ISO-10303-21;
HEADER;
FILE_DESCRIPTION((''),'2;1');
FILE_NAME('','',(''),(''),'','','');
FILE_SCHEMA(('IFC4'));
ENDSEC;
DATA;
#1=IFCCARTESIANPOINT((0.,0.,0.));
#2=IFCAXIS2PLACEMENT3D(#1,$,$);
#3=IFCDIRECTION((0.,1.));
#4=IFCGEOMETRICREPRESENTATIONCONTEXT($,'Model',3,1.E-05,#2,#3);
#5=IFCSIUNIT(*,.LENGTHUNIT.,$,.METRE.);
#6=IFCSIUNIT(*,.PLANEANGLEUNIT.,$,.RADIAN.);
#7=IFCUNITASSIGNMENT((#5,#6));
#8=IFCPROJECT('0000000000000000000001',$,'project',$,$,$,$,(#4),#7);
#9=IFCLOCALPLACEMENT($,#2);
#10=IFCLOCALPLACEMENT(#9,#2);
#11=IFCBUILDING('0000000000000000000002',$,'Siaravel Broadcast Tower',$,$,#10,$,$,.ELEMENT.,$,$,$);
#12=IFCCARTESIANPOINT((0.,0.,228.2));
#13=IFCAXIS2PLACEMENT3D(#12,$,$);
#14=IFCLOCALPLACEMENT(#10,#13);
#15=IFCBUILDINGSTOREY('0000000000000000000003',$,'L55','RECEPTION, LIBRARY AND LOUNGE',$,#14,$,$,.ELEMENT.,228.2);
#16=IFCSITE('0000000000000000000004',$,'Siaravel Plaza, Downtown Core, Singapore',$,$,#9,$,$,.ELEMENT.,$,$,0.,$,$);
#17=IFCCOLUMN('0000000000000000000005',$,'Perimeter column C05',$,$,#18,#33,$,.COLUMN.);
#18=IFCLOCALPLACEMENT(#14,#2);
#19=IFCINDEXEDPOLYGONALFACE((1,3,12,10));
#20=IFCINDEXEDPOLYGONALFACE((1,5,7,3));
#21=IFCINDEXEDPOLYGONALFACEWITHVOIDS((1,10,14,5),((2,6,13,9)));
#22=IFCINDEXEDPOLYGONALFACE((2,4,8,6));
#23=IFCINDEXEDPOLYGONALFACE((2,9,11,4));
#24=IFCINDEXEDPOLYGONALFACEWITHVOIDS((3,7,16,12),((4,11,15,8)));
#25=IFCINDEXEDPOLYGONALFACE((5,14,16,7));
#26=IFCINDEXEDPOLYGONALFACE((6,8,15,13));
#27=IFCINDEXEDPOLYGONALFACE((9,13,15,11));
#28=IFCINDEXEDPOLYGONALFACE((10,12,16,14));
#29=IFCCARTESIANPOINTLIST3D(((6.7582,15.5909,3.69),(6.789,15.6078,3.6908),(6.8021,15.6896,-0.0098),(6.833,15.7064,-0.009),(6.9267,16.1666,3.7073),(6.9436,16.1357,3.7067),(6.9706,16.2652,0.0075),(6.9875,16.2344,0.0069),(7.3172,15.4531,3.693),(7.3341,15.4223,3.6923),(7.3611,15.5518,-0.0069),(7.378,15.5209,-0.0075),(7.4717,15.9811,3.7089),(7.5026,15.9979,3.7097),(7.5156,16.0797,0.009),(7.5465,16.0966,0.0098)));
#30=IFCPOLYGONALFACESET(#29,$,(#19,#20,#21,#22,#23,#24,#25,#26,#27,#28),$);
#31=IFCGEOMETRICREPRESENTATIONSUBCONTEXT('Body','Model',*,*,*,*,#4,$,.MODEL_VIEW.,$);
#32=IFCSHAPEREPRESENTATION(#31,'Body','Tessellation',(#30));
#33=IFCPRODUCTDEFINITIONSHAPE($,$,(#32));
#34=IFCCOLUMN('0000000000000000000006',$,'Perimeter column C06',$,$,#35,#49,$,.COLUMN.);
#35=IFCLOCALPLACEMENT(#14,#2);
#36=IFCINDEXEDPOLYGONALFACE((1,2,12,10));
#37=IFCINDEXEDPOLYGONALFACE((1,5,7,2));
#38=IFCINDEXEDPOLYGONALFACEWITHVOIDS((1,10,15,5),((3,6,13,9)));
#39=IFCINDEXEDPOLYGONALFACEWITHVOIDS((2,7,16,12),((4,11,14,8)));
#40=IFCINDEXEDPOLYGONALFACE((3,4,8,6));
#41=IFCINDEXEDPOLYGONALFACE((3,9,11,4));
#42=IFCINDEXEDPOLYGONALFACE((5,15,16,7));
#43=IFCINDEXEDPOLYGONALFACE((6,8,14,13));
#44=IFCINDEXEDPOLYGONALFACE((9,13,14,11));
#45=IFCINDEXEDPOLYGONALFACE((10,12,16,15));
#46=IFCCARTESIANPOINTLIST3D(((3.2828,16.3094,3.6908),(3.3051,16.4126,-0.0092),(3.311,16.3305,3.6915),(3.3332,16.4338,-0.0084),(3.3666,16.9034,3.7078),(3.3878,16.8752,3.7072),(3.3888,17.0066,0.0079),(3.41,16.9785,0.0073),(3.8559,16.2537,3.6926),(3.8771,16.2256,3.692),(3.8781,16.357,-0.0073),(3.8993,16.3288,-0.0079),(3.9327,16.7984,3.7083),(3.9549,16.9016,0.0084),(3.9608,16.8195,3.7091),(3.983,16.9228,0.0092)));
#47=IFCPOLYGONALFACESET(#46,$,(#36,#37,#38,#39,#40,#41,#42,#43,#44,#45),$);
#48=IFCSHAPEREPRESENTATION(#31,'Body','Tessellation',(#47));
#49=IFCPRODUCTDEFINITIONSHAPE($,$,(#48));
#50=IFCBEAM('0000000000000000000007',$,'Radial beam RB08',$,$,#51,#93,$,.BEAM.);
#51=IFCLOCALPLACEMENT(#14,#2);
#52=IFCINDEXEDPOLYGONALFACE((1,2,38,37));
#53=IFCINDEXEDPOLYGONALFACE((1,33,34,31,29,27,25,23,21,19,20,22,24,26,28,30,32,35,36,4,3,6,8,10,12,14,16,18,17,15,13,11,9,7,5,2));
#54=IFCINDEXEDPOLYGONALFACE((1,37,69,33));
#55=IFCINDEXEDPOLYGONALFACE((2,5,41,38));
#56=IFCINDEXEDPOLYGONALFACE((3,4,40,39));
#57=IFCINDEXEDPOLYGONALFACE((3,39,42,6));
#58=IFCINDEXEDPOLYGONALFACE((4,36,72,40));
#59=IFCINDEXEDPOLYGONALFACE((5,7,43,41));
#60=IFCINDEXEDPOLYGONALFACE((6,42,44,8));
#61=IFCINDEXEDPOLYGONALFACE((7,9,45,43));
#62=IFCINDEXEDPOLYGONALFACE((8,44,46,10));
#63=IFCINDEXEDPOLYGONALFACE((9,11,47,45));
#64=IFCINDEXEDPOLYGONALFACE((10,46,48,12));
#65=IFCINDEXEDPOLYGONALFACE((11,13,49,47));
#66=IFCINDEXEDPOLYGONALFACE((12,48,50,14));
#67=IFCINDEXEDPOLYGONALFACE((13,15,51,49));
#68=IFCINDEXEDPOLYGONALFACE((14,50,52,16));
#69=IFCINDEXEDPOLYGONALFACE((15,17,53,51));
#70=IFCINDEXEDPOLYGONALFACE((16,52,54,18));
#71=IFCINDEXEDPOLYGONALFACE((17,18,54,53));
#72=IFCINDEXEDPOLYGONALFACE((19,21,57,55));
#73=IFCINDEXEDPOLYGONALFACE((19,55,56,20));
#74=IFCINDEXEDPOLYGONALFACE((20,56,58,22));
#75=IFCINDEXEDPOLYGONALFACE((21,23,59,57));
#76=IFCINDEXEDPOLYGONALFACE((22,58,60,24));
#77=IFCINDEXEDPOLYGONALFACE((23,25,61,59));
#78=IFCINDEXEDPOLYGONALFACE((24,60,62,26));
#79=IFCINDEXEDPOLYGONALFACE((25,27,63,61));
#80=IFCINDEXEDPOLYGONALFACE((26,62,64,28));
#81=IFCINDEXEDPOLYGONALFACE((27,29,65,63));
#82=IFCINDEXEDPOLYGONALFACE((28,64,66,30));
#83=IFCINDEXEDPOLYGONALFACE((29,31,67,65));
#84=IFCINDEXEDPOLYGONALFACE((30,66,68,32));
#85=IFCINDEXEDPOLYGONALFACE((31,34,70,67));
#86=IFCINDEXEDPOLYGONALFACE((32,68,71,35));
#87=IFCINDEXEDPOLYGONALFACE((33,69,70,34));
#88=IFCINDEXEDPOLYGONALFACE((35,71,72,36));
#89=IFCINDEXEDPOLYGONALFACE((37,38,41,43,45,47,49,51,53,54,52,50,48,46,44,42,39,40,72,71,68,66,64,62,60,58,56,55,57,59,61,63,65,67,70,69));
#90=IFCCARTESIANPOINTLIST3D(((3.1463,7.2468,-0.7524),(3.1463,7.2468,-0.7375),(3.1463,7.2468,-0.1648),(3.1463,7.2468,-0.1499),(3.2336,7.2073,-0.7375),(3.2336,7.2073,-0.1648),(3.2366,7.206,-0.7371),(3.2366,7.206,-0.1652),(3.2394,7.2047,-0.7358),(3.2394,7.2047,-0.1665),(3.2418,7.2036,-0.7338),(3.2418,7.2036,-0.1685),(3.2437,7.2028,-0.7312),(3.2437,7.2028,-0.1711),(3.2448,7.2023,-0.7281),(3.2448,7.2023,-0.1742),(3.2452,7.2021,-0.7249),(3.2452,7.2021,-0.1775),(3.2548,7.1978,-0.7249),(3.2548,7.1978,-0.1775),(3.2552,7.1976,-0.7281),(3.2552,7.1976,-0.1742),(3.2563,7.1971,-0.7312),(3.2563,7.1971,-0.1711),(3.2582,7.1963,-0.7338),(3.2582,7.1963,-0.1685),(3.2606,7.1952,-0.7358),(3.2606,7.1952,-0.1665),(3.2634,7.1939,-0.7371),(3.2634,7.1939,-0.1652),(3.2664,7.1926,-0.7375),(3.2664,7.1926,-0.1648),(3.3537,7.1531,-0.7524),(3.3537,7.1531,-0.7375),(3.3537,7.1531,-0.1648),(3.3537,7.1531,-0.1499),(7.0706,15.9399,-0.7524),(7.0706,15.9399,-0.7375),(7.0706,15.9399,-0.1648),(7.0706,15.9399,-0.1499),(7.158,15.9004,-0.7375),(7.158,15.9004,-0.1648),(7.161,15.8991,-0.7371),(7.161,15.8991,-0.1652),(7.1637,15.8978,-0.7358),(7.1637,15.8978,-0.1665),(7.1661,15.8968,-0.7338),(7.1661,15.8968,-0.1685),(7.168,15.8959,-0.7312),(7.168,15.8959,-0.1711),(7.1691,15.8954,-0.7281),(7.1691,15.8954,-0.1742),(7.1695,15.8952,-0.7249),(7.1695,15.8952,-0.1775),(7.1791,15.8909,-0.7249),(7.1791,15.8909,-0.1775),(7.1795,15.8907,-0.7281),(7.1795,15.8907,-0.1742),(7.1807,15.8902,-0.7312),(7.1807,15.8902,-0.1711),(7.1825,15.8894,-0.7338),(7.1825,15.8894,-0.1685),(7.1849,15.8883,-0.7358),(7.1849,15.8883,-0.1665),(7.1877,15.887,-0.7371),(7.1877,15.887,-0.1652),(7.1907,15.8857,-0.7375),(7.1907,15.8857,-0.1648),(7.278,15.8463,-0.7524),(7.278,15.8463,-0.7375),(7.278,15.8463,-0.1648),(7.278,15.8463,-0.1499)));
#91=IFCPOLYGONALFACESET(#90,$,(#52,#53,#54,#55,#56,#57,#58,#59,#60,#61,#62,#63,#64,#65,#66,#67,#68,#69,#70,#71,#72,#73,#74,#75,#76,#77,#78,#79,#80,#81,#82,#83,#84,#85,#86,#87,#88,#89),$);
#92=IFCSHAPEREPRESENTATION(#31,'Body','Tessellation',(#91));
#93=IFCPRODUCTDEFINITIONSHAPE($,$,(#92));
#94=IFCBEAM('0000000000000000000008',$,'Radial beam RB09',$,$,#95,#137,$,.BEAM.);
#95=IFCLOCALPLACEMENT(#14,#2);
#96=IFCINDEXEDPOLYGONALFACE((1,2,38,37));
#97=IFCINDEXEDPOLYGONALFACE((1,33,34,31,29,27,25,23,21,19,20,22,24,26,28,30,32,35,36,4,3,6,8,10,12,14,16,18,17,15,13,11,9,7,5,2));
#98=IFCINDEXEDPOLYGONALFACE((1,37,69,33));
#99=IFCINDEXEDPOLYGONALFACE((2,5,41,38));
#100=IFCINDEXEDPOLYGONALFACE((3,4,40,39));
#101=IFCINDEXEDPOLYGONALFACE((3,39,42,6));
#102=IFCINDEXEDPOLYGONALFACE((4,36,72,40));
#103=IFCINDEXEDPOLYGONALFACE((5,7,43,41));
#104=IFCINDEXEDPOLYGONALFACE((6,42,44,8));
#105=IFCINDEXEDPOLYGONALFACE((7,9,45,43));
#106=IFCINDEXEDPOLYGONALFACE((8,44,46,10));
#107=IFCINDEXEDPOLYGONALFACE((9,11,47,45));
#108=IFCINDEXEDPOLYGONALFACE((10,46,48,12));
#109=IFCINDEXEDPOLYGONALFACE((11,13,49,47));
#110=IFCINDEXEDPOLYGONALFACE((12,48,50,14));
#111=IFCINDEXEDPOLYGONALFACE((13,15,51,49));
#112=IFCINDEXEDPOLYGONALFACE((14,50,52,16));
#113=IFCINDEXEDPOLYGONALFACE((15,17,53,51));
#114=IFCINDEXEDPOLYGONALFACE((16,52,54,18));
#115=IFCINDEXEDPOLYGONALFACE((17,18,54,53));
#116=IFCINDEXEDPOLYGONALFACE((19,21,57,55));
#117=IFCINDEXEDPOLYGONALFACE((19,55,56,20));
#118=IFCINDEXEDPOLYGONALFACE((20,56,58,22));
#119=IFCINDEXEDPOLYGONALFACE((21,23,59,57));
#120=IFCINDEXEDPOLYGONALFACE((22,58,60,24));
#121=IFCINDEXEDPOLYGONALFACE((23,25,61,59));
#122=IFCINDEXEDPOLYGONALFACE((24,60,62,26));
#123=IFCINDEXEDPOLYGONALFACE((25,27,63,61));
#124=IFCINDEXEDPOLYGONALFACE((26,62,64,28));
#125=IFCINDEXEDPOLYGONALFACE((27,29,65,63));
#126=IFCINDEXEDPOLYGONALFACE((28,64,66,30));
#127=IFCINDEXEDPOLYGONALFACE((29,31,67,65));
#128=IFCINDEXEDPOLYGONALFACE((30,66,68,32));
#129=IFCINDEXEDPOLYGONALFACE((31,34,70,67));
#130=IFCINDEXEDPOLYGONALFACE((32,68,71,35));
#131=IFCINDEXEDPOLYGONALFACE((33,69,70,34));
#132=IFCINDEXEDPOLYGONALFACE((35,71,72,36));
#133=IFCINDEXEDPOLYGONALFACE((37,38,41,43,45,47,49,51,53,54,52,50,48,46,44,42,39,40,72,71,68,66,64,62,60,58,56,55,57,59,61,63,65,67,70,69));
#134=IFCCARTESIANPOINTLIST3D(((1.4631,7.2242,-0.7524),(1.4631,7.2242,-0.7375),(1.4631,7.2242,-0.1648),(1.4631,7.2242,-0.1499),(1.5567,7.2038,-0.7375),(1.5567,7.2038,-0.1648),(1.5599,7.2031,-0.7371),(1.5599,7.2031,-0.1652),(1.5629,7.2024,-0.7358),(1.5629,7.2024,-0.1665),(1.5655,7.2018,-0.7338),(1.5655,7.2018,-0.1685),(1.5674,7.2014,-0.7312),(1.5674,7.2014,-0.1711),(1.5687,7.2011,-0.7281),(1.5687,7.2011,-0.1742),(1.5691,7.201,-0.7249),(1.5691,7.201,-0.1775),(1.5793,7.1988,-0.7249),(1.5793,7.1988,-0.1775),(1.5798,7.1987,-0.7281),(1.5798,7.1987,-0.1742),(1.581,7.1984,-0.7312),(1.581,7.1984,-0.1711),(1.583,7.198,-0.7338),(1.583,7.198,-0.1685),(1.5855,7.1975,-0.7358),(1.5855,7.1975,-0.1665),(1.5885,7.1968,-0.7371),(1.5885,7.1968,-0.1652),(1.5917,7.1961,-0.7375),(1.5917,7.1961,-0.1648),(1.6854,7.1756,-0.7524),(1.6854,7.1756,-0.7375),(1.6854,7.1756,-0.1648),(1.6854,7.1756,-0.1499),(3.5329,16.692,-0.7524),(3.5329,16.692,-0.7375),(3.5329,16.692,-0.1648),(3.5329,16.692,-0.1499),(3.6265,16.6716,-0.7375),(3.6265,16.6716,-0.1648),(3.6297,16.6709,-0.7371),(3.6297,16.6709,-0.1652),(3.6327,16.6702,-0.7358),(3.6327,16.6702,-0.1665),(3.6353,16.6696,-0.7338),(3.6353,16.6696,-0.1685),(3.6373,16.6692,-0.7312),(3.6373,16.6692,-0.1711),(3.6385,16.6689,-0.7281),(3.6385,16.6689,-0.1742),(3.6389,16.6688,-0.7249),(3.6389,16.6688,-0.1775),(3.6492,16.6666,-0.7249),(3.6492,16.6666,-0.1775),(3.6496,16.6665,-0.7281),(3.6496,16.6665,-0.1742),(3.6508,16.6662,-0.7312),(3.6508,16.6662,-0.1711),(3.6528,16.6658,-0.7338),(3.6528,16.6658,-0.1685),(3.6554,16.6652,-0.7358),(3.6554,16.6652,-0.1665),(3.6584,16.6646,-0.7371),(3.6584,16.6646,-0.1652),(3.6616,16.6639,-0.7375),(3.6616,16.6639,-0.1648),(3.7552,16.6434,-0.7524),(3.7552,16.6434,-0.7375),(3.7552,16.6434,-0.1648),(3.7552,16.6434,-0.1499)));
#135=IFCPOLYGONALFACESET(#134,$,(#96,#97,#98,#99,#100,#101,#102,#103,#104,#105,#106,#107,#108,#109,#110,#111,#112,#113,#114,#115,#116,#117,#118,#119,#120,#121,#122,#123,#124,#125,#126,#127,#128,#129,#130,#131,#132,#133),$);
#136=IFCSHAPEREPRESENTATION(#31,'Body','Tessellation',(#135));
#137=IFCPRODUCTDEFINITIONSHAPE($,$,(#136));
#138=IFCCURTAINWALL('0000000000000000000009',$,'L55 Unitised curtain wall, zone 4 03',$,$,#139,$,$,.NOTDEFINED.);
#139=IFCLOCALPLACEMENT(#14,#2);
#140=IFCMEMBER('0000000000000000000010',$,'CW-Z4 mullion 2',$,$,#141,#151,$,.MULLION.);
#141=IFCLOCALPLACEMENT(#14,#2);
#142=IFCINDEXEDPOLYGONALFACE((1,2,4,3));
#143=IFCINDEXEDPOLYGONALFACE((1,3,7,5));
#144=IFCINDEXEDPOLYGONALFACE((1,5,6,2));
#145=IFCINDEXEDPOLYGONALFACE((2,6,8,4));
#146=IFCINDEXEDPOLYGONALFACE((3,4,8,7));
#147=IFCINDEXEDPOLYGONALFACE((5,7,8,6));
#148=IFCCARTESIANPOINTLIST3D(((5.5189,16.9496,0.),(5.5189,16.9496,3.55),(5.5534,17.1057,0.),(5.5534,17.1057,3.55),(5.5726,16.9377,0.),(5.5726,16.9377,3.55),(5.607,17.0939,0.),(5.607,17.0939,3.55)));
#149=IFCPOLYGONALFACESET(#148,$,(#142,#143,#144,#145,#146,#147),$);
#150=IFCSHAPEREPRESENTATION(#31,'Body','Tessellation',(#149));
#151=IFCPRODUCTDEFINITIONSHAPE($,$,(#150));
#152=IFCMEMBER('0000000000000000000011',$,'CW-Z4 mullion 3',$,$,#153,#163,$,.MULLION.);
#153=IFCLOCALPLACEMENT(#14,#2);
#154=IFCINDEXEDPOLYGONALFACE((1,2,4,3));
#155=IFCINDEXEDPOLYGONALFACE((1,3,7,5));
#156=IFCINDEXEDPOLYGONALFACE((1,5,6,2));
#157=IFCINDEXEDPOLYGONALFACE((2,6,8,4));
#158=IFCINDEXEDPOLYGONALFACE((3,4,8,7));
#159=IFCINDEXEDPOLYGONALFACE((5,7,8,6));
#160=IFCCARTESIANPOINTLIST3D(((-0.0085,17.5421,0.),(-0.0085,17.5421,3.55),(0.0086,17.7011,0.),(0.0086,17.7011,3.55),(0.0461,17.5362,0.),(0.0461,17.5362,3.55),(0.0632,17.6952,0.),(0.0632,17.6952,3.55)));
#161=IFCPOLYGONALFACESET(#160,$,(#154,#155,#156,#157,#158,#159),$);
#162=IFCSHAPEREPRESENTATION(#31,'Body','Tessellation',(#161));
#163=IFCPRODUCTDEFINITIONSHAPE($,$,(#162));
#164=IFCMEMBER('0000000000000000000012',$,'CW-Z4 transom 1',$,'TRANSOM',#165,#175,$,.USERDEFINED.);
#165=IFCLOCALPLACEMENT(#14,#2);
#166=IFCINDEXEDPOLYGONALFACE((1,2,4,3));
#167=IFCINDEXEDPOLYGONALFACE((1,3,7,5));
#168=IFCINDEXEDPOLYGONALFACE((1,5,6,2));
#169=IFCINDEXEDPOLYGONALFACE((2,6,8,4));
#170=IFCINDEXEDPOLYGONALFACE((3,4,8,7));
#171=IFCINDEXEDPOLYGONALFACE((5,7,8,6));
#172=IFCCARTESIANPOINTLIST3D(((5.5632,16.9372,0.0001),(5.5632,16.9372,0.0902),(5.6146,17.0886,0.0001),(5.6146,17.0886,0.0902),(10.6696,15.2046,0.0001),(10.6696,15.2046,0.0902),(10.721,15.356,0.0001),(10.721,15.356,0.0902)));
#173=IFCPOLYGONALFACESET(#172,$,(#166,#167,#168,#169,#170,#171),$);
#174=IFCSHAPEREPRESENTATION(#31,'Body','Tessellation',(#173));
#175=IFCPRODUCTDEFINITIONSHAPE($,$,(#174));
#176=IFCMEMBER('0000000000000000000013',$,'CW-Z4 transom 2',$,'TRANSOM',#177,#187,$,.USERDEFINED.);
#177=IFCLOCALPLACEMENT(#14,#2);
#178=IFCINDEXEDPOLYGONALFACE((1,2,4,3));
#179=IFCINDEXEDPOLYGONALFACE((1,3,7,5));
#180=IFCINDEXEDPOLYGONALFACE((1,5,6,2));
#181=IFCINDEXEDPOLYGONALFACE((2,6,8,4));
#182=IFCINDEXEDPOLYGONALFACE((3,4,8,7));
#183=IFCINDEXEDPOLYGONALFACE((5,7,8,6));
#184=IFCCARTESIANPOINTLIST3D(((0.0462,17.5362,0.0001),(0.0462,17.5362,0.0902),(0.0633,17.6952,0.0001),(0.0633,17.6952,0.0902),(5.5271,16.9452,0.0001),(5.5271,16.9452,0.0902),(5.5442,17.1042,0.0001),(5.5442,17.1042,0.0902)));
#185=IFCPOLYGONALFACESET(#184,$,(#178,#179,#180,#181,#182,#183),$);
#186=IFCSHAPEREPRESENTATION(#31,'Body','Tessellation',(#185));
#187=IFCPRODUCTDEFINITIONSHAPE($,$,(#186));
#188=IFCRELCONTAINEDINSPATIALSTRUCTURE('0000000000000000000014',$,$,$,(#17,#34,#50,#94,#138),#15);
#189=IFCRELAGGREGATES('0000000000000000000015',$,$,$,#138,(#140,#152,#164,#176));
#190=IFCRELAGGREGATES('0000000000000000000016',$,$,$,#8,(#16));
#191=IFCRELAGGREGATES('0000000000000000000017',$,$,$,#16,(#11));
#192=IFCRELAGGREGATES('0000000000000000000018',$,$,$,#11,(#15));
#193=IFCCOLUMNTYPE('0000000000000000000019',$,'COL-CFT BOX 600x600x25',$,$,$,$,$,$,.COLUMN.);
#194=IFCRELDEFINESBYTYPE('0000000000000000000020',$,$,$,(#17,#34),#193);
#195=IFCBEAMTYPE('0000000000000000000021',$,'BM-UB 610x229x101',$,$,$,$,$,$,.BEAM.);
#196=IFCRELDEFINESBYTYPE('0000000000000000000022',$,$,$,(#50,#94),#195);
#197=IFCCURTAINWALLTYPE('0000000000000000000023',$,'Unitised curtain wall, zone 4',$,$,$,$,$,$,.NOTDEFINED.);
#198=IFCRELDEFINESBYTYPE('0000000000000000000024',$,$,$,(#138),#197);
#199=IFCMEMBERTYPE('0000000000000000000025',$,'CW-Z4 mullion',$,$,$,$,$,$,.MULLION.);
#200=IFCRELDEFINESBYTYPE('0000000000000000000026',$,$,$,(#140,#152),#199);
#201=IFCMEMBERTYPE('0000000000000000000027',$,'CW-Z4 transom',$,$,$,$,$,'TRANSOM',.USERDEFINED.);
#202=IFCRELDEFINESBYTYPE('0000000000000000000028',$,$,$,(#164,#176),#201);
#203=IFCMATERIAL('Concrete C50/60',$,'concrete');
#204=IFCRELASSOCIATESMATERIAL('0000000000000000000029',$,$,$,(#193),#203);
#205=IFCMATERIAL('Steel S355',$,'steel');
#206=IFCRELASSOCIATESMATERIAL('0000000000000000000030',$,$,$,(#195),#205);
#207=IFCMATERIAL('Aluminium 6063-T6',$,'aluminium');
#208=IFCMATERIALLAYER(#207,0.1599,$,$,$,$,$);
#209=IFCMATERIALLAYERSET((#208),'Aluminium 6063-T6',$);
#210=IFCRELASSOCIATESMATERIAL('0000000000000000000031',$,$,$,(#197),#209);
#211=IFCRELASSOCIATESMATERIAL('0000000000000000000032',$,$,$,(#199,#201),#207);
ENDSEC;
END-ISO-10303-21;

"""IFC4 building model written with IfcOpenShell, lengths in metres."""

from ifc_helpers import new_model, si_unit, direction, frame, origin, origin_2d, place, context, subcontext, project, spatial, rectangle, hollow_rectangle, i_section, extrude, material, layer, layer_set, material_profile, profile_set, type_object, element, aggregate, save


model = new_model("IFC4")

# Units and contexts
model_context = context("Model", 3, precision=1e-05, world=origin(), true_north=direction((0.0, 1.0)))
body_context = subcontext(model_context, "Body", "Model", "MODEL_VIEW")
ifc_project = project(units=[si_unit("LENGTHUNIT", "METRE"), si_unit("PLANEANGLEUNIT", "RADIAN")], contexts=[model_context])

# Site, building, storey
site_placement = place(None, origin())
site = spatial("IfcSite", under=ifc_project, at=site_placement, Name="Siaravel Plaza, Downtown Core, Singapore", CompositionType="ELEMENT", RefElevation=0.0)
building_placement = place(site_placement, origin())
building = spatial("IfcBuilding", under=site, at=building_placement, Name="Siaravel Broadcast Tower", CompositionType="ELEMENT")
storey_placement = place(building_placement, frame((0.0, 0.0, 228.2)))
storey = spatial("IfcBuildingStorey", under=building, at=storey_placement, Name="L55", Description="RECEPTION, LIBRARY AND LOUNGE", CompositionType="ELEMENT", Elevation=228.2)

# Columns
ifc_material_1 = material(Name="Concrete C50/60", Category="concrete")
ifc_material_profile_1 = material_profile(ifc_material_1, hollow_rectangle(XDim=0.6001, YDim=0.6001, WallThickness=0.0249, at=origin_2d()))
ifc_profile_set_1 = profile_set([ifc_material_profile_1], Name="Concrete C50/60")
column_type = type_object("IfcColumnType", Name="COL-CFT BOX 600x600x25", PredefinedType="COLUMN", material=ifc_profile_set_1)
for number, where, z_axis, x_axis, name in (
    (1, (7.1743, 15.8931, 0.0), (-0.011872, -0.026647, 0.999574), (0.959679, -0.281072, 0.003906), "Perimeter column C05"),
    (2, (3.644, 16.6677, 0.0), (-0.006002, -0.0279, 0.999593), (0.990196, -0.139668, 0.002047), "Perimeter column C06"),
):
    element("IfcColumn", number, at=place(storey_placement, frame(where, z_axis=z_axis, x_axis=x_axis)), inside=storey, type_object=column_type, Name=name, PredefinedType="COLUMN", context=body_context, shape_type="SweptSolid", body=[
        extrude(hollow_rectangle(XDim=0.6001, YDim=0.6001, WallThickness=0.0249, at=origin_2d()), origin(), (0.0, 0.0, 1.0), 3.7014),
    ])

# Beams
ifc_material_2 = material(Name="Steel S355", Category="steel")
ifc_material_profile_2 = material_profile(ifc_material_2, i_section(OverallWidth=0.2275, OverallDepth=0.6025, WebThickness=0.0105, FlangeThickness=0.0149, FilletRadius=0.0127, at=origin_2d()))
ifc_profile_set_2 = profile_set([ifc_material_profile_2], Name="Steel S355")
beam_type = type_object("IfcBeamType", Name="BM-UB 610x229x101", PredefinedType="BEAM", material=ifc_profile_set_2)
beam_1_placement = place(storey_placement, frame((7.1743, 15.8931, -0.4512), z_axis=(-0.411447, -0.911434, 0.0), x_axis=(0.911434, -0.411447, 0.0)))
element("IfcBeam", 3, at=beam_1_placement, inside=storey, type_object=beam_type, Name="Radial beam RB08", PredefinedType="BEAM", context=body_context, shape_type="SweptSolid", body=[
    extrude(i_section(OverallWidth=0.2275, OverallDepth=0.6025, WebThickness=0.0105, FlangeThickness=0.0149, FilletRadius=0.0127, at=origin_2d()), origin(), (0.0, 0.0, 1.0), 9.5378),
])
beam_2_placement = place(storey_placement, frame((3.644, 16.6677, -0.4512), z_axis=(-0.213574, -0.976927, 0.0), x_axis=(0.976927, -0.213574, 0.0)))
element("IfcBeam", 4, at=beam_2_placement, inside=storey, type_object=beam_type, Name="Radial beam RB09", PredefinedType="BEAM", context=body_context, shape_type="SweptSolid", body=[
    extrude(i_section(OverallWidth=0.2275, OverallDepth=0.6025, WebThickness=0.0105, FlangeThickness=0.0149, FilletRadius=0.0127, at=origin_2d()), origin(), (0.0, 0.0, 1.0), 9.6914),
])

# Curtain wall, members
ifc_material_3 = material(Name="Aluminium 6063-T6", Category="aluminium")
ifc_layer_1 = layer(ifc_material_3, 0.1599)
ifc_layer_set_1 = layer_set([ifc_layer_1], Name="Aluminium 6063-T6")
curtain_wall_type = type_object("IfcCurtainWallType", Name="Unitised curtain wall, zone 4", PredefinedType="NOTDEFINED", material=ifc_layer_set_1)
curtain_wall_placement = place(storey_placement, origin())
curtain_wall = element("IfcCurtainWall", 5, at=curtain_wall_placement, inside=storey, type_object=curtain_wall_type, Name="L55 Unitised curtain wall, zone 4 03", PredefinedType="NOTDEFINED")
ifc_material_profile_3 = material_profile(ifc_material_3, rectangle(XDim=0.1599, YDim=0.0549, at=origin_2d()))
ifc_profile_set_3 = profile_set([ifc_material_profile_3], Name="Aluminium 6063-T6")
member_type_1 = type_object("IfcMemberType", Name="CW-Z4 mullion", PredefinedType="MULLION", material=ifc_profile_set_3)
member_1_placement = place(storey_placement, frame((5.563, 17.0217, 0.0), z_axis=(0.0, 0.0, 1.0), x_axis=(-0.215559, -0.976491, 0.0)))
member_1 = element("IfcMember", 6, at=member_1_placement, type_object=member_type_1, Name="CW-Z4 mullion 2", PredefinedType="MULLION", context=body_context, shape_type="SweptSolid", body=[
    extrude(rectangle(XDim=0.1599, YDim=0.0549, at=origin_2d()), origin(), (0.0, 0.0, 1.0), 3.55),
])
member_2_placement = place(storey_placement, frame((0.0273, 17.6187, 0.0), z_axis=(0.0, 0.0, 1.0), x_axis=(-0.107218, -0.994236, 0.0)))
member_2 = element("IfcMember", 7, at=member_2_placement, type_object=member_type_1, Name="CW-Z4 mullion 3", PredefinedType="MULLION", context=body_context, shape_type="SweptSolid", body=[
    extrude(rectangle(XDim=0.1599, YDim=0.0549, at=origin_2d()), origin(), (0.0, 0.0, 1.0), 3.55),
])
ifc_material_profile_4 = material_profile(ifc_material_3, rectangle(XDim=0.1599, YDim=0.0901, at=origin_2d()))
ifc_profile_set_4 = profile_set([ifc_material_profile_4], Name="Aluminium 6063-T6")
member_type_2 = type_object("IfcMemberType", Name="CW-Z4 transom", ElementType="TRANSOM", PredefinedType="USERDEFINED", material=ifc_profile_set_4)
member_3_placement = place(storey_placement, frame((10.6953, 15.2803, 0.0452), z_axis=(-0.946972, 0.321317, 0.0), x_axis=(-0.321317, -0.946972, 0.0)))
member_3 = element("IfcMember", 8, at=member_3_placement, type_object=member_type_2, Name="CW-Z4 transom 1", ObjectType="TRANSOM", PredefinedType="USERDEFINED", context=body_context, shape_type="SweptSolid", body=[
    extrude(rectangle(XDim=0.1599, YDim=0.0901, at=origin_2d()), origin(), (0.0, 0.0, 1.0), 5.3923),
])
member_4_placement = place(storey_placement, frame((5.5356, 17.0247, 0.0452), z_axis=(-0.994236, 0.107218, 0.0), x_axis=(-0.107218, -0.994236, 0.0)))
member_4 = element("IfcMember", 9, at=member_4_placement, type_object=member_type_2, Name="CW-Z4 transom 2", ObjectType="TRANSOM", PredefinedType="USERDEFINED", context=body_context, shape_type="SweptSolid", body=[
    extrude(rectangle(XDim=0.1599, YDim=0.0901, at=origin_2d()), origin(), (0.0, 0.0, 1.0), 5.5127),
])

aggregate(curtain_wall, [member_1, member_2, member_3, member_4])

save(model, "model.ifc")
